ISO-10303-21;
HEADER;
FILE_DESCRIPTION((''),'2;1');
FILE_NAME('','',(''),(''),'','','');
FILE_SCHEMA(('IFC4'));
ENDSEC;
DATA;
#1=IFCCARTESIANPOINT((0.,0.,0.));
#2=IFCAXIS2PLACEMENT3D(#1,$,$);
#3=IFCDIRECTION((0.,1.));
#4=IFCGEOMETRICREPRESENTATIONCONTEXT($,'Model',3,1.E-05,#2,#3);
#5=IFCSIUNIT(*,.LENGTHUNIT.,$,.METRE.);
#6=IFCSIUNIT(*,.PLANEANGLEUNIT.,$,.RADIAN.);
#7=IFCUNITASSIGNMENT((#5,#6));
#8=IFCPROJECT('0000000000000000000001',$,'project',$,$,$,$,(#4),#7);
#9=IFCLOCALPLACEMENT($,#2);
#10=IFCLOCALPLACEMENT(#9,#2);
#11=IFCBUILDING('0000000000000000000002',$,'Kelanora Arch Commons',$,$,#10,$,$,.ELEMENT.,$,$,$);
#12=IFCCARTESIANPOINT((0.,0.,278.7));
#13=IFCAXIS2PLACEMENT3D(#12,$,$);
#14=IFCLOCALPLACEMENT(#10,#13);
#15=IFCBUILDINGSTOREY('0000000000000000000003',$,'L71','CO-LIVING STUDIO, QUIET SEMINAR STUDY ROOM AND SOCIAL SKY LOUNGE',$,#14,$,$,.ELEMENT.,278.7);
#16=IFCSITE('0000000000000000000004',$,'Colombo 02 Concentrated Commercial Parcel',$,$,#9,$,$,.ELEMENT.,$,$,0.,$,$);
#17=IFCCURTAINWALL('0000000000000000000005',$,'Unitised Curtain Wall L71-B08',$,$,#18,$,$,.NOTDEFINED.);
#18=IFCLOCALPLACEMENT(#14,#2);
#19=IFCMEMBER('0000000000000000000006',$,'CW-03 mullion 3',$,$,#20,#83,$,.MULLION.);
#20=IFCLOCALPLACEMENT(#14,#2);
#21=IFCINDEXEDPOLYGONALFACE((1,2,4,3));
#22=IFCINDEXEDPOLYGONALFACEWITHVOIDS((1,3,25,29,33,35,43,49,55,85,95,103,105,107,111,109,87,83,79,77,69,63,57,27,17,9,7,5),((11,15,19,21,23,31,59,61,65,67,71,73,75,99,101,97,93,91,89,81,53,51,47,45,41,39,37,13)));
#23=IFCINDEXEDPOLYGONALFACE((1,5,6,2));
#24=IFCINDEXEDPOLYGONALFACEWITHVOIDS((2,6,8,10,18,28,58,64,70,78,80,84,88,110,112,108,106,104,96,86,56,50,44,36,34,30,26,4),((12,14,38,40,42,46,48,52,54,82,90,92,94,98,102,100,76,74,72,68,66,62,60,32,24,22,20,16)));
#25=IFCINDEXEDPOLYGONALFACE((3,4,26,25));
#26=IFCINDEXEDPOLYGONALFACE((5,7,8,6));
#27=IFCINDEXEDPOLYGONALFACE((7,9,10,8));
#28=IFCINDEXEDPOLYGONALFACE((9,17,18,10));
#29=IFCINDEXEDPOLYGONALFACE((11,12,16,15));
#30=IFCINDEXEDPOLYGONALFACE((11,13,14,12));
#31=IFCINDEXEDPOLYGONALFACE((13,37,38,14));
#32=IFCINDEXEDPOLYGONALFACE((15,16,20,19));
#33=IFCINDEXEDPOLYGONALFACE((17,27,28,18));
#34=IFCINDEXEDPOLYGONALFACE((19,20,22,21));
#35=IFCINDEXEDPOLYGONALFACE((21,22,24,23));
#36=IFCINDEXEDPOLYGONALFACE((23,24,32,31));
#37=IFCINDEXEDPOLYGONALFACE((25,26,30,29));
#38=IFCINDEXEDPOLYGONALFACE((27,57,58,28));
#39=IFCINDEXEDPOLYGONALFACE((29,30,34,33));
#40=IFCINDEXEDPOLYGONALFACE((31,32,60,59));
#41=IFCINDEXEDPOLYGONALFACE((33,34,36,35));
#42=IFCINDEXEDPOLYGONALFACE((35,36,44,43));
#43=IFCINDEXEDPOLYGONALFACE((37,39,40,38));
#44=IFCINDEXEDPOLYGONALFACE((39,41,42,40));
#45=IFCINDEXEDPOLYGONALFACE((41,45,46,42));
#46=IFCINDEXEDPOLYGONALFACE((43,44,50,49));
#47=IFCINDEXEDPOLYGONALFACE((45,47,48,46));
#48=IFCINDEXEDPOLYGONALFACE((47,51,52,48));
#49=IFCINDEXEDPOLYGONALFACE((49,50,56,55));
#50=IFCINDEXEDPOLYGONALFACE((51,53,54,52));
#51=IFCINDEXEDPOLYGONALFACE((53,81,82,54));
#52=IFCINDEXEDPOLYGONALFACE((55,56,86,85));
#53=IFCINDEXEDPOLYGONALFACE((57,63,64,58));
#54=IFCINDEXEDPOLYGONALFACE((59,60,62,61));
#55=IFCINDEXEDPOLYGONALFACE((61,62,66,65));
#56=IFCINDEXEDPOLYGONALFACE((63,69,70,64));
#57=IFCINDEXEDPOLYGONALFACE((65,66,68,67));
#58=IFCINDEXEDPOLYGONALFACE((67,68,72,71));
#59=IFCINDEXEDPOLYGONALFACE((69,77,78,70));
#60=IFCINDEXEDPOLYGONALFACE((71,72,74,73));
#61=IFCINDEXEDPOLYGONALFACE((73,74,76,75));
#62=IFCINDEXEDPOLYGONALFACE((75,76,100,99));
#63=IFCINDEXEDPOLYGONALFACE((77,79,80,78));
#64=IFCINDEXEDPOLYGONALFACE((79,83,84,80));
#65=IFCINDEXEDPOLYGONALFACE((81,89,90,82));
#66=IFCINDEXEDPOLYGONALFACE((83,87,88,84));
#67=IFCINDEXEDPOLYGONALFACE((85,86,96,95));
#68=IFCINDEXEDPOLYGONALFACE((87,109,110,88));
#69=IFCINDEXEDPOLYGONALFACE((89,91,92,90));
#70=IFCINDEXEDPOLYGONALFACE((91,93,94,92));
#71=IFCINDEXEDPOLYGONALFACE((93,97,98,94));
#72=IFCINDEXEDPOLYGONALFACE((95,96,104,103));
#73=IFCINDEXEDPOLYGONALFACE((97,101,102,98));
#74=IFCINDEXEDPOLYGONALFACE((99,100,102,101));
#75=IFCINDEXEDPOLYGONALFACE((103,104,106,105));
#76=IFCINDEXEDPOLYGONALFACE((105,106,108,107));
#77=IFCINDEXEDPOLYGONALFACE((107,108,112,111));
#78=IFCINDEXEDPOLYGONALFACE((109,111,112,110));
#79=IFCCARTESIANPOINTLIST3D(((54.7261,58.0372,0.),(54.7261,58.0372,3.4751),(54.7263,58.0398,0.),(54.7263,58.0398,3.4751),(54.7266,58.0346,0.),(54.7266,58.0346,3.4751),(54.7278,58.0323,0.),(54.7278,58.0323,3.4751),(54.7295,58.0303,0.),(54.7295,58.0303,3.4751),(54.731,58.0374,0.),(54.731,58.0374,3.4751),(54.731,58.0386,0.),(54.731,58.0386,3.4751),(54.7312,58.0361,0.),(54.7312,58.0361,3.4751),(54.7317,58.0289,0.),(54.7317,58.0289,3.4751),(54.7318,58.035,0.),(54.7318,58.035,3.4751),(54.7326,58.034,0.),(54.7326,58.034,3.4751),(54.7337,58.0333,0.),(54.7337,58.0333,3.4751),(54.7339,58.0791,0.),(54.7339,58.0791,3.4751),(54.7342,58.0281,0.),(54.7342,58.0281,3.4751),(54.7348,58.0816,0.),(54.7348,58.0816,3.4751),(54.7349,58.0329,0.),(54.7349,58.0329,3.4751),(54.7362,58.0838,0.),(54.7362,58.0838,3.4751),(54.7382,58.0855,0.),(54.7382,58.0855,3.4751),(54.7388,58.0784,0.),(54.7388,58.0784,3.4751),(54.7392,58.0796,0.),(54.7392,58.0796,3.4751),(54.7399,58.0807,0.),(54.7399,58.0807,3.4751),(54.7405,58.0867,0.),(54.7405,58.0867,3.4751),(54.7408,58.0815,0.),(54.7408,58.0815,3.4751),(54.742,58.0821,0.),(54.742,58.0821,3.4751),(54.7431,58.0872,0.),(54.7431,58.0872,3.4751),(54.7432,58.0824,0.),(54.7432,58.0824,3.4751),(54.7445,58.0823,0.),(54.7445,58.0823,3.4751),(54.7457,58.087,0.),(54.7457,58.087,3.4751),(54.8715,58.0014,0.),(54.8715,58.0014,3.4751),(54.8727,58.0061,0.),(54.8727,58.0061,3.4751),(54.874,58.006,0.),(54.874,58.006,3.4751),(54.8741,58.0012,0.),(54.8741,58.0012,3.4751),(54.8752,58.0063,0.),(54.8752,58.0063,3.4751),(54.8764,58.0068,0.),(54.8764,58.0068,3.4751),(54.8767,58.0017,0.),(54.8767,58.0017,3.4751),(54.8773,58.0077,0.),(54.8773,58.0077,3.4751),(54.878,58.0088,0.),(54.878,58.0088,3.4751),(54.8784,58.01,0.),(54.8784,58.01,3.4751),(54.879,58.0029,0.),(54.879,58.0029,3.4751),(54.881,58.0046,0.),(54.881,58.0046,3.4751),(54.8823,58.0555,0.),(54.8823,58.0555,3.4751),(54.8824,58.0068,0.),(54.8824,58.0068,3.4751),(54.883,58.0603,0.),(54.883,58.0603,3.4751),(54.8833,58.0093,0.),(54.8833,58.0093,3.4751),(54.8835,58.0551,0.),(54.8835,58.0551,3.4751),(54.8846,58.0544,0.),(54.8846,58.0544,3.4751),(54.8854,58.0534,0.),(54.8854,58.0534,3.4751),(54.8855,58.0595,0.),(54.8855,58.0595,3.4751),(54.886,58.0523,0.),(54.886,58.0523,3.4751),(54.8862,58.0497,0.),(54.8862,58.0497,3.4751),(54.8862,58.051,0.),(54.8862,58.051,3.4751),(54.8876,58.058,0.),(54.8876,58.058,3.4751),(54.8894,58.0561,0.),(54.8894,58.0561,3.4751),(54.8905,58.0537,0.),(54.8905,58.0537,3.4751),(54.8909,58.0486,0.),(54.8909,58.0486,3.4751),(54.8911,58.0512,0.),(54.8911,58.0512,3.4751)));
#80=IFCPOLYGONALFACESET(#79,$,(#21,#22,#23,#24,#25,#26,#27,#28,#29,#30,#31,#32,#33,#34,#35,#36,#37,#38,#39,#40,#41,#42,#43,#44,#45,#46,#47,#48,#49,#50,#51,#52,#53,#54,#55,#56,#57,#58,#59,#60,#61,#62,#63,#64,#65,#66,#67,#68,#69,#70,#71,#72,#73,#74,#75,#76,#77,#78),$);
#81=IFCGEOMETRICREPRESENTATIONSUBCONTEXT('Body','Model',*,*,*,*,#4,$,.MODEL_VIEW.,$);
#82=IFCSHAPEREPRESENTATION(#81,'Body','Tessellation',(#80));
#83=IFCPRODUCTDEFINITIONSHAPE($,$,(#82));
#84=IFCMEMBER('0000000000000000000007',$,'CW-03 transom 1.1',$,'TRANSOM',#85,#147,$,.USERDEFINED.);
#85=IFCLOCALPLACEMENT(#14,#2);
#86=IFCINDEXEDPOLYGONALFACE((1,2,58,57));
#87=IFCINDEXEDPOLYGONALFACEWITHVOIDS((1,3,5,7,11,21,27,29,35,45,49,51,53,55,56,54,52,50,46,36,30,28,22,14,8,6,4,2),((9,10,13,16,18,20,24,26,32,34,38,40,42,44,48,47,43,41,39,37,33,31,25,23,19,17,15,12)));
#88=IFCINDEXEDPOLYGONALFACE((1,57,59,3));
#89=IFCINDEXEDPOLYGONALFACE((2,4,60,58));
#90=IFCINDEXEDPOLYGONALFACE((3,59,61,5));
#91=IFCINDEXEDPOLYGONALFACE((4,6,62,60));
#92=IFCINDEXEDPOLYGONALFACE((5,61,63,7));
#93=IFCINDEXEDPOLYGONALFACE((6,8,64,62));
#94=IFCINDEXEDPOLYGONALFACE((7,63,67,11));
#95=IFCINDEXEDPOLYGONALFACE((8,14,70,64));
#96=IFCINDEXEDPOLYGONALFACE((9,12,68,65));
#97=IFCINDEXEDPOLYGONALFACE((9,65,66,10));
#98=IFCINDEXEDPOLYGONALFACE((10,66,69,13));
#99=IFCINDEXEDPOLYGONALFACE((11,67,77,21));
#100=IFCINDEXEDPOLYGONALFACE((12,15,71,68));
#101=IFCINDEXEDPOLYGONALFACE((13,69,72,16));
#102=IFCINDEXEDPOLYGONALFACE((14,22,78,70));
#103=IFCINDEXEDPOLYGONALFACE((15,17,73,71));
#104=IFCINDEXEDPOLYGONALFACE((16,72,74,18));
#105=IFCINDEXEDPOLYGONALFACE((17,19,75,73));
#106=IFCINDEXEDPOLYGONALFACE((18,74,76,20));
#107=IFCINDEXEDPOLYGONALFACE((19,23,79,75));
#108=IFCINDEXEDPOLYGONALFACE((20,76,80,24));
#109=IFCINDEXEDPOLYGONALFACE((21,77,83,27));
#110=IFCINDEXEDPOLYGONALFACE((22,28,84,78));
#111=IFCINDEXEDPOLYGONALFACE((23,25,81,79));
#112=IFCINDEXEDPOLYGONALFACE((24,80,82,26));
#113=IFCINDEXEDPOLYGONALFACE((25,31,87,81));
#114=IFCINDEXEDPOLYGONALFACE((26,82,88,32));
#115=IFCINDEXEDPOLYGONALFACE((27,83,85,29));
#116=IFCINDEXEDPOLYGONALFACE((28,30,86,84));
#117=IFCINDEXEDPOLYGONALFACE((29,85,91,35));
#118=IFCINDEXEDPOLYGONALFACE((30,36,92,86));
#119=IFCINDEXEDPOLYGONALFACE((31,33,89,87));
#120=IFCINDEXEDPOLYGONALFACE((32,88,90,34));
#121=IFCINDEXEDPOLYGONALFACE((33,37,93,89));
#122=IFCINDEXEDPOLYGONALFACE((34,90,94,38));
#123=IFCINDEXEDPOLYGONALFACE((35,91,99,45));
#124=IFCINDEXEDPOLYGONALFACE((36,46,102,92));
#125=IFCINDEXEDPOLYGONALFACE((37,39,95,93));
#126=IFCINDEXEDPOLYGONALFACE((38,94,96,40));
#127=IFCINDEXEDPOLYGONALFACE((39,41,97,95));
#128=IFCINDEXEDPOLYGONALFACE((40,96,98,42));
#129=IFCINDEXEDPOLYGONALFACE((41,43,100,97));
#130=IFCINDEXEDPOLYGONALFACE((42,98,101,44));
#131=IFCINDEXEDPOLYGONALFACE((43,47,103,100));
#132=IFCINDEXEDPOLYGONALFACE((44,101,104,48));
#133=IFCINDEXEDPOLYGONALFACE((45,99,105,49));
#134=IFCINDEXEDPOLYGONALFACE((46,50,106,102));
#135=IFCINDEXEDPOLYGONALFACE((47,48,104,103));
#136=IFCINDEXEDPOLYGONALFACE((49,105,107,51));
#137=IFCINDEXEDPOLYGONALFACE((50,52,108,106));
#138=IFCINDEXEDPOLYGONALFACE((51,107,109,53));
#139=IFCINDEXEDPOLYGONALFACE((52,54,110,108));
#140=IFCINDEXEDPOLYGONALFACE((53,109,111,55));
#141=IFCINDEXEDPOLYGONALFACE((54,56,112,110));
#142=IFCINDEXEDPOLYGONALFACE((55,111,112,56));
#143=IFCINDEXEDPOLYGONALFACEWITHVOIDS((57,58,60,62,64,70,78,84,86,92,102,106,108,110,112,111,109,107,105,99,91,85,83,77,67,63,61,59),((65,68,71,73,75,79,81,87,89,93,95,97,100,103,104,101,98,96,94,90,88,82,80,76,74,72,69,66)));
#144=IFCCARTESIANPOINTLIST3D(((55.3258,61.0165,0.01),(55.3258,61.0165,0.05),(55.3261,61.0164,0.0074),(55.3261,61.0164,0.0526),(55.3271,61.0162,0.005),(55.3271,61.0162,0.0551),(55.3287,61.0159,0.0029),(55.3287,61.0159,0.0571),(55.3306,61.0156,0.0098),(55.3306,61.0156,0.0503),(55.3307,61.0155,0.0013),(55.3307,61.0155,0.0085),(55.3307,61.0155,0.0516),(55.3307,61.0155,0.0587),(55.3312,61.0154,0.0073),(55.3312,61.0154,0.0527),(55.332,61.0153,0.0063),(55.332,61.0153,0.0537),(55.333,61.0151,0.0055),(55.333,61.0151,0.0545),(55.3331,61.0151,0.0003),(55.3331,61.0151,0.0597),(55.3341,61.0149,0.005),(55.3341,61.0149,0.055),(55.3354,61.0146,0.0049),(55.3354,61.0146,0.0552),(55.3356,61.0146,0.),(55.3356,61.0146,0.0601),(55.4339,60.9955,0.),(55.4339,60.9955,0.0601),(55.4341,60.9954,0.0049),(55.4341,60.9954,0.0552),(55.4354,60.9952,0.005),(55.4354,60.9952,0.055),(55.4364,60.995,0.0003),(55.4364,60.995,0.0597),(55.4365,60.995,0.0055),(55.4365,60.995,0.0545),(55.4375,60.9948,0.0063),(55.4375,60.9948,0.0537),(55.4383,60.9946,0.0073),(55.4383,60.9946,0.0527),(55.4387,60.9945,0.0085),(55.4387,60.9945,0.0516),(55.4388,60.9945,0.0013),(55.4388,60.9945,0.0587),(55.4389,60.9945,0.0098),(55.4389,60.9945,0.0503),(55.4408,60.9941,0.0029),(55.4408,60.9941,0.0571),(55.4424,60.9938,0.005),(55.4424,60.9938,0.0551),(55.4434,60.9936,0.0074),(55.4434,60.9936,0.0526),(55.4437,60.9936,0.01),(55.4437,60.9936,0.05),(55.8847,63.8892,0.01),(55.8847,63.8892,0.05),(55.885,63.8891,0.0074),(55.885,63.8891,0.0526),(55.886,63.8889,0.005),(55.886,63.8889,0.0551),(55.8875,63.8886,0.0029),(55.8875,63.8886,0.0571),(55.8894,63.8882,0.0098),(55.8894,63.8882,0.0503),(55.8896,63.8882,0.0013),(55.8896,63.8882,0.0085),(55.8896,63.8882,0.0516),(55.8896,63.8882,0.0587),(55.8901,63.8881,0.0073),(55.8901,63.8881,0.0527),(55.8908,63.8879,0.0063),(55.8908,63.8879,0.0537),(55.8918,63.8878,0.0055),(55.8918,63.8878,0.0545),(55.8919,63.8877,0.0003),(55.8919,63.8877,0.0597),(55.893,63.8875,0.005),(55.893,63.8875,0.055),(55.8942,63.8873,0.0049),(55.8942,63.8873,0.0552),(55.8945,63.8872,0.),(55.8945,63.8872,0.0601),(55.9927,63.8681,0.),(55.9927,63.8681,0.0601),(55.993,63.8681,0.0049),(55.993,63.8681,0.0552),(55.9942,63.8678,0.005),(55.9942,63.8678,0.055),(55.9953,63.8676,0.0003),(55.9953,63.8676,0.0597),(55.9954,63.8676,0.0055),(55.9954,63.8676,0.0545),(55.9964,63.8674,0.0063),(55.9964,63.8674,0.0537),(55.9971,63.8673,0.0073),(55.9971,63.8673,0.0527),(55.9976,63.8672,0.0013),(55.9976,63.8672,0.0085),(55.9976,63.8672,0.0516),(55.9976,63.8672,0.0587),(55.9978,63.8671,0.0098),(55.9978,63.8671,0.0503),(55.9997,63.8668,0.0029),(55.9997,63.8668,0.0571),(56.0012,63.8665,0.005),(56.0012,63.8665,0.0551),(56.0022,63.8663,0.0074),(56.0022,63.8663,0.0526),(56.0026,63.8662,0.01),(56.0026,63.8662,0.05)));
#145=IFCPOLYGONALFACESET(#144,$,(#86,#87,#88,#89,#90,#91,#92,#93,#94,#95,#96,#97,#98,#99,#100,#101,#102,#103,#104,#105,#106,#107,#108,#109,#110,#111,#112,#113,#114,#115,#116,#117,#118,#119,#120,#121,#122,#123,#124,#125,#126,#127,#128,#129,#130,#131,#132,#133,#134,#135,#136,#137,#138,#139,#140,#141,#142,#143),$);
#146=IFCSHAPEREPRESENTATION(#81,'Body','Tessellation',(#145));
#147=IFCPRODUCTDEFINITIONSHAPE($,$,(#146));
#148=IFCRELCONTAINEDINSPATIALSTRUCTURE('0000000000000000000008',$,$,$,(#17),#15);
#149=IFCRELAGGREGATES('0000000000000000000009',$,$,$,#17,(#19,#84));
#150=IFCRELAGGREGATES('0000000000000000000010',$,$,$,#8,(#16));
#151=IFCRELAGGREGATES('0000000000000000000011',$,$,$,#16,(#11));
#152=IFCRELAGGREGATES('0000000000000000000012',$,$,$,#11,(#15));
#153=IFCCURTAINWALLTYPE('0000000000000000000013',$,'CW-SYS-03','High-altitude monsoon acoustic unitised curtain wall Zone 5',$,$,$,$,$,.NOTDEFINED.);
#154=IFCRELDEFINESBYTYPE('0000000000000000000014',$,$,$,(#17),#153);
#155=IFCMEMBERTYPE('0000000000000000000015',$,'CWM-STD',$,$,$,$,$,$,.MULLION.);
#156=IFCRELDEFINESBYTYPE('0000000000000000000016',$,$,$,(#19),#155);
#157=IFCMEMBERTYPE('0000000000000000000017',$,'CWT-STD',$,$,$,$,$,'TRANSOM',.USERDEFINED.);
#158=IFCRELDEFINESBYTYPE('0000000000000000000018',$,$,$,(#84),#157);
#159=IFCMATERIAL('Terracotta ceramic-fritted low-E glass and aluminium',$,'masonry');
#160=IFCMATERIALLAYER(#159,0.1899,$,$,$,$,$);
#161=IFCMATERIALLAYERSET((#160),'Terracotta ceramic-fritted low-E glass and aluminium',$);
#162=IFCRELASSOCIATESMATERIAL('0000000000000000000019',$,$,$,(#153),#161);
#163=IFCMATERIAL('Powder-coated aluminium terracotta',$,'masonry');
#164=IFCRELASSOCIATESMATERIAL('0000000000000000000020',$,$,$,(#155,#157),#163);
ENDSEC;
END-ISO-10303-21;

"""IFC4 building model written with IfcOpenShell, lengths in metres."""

from ifc_helpers import new_model, si_unit, direction, frame, origin, origin_2d, place, context, subcontext, project, spatial, hollow_rectangle, extrude, material, layer, layer_set, material_profile, profile_set, type_object, element, aggregate, save


model = new_model("IFC4")

# Units and contexts
model_context = context("Model", 3, precision=1e-05, world=origin(), true_north=direction((0.0, 1.0)))
body_context = subcontext(model_context, "Body", "Model", "MODEL_VIEW")
ifc_project = project(units=[si_unit("LENGTHUNIT", "METRE"), si_unit("PLANEANGLEUNIT", "RADIAN")], contexts=[model_context])

# Site, building, storey
site_placement = place(None, origin())
site = spatial("IfcSite", under=ifc_project, at=site_placement, Name="Colombo 02 Concentrated Commercial Parcel", CompositionType="ELEMENT", RefElevation=0.0)
building_placement = place(site_placement, origin())
building = spatial("IfcBuilding", under=site, at=building_placement, Name="Kelanora Arch Commons", CompositionType="ELEMENT")
storey_placement = place(building_placement, frame((0.0, 0.0, 278.7)))
storey = spatial("IfcBuildingStorey", under=building, at=storey_placement, Name="L71", Description="CO-LIVING STUDIO, QUIET SEMINAR STUDY ROOM AND SOCIAL SKY LOUNGE", CompositionType="ELEMENT", Elevation=278.7)

# Curtain wall, members
ifc_material_1 = material(Name="Terracotta ceramic-fritted low-E glass and aluminium", Category="masonry")
ifc_layer_1 = layer(ifc_material_1, 0.1899)
ifc_layer_set_1 = layer_set([ifc_layer_1], Name="Terracotta ceramic-fritted low-E glass and aluminium")
curtain_wall_type = type_object("IfcCurtainWallType", Name="CW-SYS-03", Description="High-altitude monsoon acoustic unitised curtain wall Zone 5", PredefinedType="NOTDEFINED", material=ifc_layer_set_1)
curtain_wall_placement = place(storey_placement, origin())
curtain_wall = element("IfcCurtainWall", 1, at=curtain_wall_placement, inside=storey, type_object=curtain_wall_type, Name="Unitised Curtain Wall L71-B08", PredefinedType="NOTDEFINED")
ifc_material_2 = material(Name="Powder-coated aluminium terracotta", Category="masonry")
ifc_material_profile_1 = material_profile(ifc_material_2, hollow_rectangle(XDim=0.1599, YDim=0.0601, WallThickness=0.0049, InnerFilletRadius=0.0049, OuterFilletRadius=0.01, at=origin_2d()), Name="CWM160x60")
ifc_profile_set_1 = profile_set([ifc_material_profile_1], Name="Powder-coated aluminium terracotta")
member_type_1 = type_object("IfcMemberType", Name="CWM-STD", PredefinedType="MULLION", material=ifc_profile_set_1)
member_1_placement = place(storey_placement, frame((54.8086, 58.0442, 0.0), z_axis=(0.0, 0.0, 1.0), x_axis=(0.981596, -0.190972, 0.0)))
member_1 = element("IfcMember", 2, at=member_1_placement, type_object=member_type_1, Name="CW-03 mullion 3", PredefinedType="MULLION", context=body_context, shape_type="SweptSolid", body=[
    extrude(hollow_rectangle(XDim=0.1599, YDim=0.0601, WallThickness=0.0049, InnerFilletRadius=0.0049, OuterFilletRadius=0.01, at=origin_2d()), origin(), (0.0, 0.0, 1.0), 3.4751),
])
ifc_material_profile_2 = material_profile(ifc_material_2, hollow_rectangle(XDim=0.1201, YDim=0.0601, WallThickness=0.0049, InnerFilletRadius=0.0049, OuterFilletRadius=0.01, at=origin_2d()), Name="CWT120x60")
ifc_profile_set_2 = profile_set([ifc_material_profile_2], Name="Powder-coated aluminium terracotta")
member_type_2 = type_object("IfcMemberType", Name="CWT-STD", ElementType="TRANSOM", PredefinedType="USERDEFINED", material=ifc_profile_set_2)
member_2_placement = place(storey_placement, frame((55.9436, 63.8777, 0.03), z_axis=(-0.190963, -0.981597, 0.0), x_axis=(0.981597, -0.190963, 0.0)))
member_2 = element("IfcMember", 3, at=member_2_placement, type_object=member_type_2, Name="CW-03 transom 1.1", ObjectType="TRANSOM", PredefinedType="USERDEFINED", context=body_context, shape_type="SweptSolid", body=[
    extrude(hollow_rectangle(XDim=0.1201, YDim=0.0601, WallThickness=0.0049, InnerFilletRadius=0.0049, OuterFilletRadius=0.01, at=origin_2d()), origin(), (0.0, 0.0, 1.0), 2.9265),
])
aggregate(curtain_wall, [member_1, member_2])

save(model, "model.ifc")
